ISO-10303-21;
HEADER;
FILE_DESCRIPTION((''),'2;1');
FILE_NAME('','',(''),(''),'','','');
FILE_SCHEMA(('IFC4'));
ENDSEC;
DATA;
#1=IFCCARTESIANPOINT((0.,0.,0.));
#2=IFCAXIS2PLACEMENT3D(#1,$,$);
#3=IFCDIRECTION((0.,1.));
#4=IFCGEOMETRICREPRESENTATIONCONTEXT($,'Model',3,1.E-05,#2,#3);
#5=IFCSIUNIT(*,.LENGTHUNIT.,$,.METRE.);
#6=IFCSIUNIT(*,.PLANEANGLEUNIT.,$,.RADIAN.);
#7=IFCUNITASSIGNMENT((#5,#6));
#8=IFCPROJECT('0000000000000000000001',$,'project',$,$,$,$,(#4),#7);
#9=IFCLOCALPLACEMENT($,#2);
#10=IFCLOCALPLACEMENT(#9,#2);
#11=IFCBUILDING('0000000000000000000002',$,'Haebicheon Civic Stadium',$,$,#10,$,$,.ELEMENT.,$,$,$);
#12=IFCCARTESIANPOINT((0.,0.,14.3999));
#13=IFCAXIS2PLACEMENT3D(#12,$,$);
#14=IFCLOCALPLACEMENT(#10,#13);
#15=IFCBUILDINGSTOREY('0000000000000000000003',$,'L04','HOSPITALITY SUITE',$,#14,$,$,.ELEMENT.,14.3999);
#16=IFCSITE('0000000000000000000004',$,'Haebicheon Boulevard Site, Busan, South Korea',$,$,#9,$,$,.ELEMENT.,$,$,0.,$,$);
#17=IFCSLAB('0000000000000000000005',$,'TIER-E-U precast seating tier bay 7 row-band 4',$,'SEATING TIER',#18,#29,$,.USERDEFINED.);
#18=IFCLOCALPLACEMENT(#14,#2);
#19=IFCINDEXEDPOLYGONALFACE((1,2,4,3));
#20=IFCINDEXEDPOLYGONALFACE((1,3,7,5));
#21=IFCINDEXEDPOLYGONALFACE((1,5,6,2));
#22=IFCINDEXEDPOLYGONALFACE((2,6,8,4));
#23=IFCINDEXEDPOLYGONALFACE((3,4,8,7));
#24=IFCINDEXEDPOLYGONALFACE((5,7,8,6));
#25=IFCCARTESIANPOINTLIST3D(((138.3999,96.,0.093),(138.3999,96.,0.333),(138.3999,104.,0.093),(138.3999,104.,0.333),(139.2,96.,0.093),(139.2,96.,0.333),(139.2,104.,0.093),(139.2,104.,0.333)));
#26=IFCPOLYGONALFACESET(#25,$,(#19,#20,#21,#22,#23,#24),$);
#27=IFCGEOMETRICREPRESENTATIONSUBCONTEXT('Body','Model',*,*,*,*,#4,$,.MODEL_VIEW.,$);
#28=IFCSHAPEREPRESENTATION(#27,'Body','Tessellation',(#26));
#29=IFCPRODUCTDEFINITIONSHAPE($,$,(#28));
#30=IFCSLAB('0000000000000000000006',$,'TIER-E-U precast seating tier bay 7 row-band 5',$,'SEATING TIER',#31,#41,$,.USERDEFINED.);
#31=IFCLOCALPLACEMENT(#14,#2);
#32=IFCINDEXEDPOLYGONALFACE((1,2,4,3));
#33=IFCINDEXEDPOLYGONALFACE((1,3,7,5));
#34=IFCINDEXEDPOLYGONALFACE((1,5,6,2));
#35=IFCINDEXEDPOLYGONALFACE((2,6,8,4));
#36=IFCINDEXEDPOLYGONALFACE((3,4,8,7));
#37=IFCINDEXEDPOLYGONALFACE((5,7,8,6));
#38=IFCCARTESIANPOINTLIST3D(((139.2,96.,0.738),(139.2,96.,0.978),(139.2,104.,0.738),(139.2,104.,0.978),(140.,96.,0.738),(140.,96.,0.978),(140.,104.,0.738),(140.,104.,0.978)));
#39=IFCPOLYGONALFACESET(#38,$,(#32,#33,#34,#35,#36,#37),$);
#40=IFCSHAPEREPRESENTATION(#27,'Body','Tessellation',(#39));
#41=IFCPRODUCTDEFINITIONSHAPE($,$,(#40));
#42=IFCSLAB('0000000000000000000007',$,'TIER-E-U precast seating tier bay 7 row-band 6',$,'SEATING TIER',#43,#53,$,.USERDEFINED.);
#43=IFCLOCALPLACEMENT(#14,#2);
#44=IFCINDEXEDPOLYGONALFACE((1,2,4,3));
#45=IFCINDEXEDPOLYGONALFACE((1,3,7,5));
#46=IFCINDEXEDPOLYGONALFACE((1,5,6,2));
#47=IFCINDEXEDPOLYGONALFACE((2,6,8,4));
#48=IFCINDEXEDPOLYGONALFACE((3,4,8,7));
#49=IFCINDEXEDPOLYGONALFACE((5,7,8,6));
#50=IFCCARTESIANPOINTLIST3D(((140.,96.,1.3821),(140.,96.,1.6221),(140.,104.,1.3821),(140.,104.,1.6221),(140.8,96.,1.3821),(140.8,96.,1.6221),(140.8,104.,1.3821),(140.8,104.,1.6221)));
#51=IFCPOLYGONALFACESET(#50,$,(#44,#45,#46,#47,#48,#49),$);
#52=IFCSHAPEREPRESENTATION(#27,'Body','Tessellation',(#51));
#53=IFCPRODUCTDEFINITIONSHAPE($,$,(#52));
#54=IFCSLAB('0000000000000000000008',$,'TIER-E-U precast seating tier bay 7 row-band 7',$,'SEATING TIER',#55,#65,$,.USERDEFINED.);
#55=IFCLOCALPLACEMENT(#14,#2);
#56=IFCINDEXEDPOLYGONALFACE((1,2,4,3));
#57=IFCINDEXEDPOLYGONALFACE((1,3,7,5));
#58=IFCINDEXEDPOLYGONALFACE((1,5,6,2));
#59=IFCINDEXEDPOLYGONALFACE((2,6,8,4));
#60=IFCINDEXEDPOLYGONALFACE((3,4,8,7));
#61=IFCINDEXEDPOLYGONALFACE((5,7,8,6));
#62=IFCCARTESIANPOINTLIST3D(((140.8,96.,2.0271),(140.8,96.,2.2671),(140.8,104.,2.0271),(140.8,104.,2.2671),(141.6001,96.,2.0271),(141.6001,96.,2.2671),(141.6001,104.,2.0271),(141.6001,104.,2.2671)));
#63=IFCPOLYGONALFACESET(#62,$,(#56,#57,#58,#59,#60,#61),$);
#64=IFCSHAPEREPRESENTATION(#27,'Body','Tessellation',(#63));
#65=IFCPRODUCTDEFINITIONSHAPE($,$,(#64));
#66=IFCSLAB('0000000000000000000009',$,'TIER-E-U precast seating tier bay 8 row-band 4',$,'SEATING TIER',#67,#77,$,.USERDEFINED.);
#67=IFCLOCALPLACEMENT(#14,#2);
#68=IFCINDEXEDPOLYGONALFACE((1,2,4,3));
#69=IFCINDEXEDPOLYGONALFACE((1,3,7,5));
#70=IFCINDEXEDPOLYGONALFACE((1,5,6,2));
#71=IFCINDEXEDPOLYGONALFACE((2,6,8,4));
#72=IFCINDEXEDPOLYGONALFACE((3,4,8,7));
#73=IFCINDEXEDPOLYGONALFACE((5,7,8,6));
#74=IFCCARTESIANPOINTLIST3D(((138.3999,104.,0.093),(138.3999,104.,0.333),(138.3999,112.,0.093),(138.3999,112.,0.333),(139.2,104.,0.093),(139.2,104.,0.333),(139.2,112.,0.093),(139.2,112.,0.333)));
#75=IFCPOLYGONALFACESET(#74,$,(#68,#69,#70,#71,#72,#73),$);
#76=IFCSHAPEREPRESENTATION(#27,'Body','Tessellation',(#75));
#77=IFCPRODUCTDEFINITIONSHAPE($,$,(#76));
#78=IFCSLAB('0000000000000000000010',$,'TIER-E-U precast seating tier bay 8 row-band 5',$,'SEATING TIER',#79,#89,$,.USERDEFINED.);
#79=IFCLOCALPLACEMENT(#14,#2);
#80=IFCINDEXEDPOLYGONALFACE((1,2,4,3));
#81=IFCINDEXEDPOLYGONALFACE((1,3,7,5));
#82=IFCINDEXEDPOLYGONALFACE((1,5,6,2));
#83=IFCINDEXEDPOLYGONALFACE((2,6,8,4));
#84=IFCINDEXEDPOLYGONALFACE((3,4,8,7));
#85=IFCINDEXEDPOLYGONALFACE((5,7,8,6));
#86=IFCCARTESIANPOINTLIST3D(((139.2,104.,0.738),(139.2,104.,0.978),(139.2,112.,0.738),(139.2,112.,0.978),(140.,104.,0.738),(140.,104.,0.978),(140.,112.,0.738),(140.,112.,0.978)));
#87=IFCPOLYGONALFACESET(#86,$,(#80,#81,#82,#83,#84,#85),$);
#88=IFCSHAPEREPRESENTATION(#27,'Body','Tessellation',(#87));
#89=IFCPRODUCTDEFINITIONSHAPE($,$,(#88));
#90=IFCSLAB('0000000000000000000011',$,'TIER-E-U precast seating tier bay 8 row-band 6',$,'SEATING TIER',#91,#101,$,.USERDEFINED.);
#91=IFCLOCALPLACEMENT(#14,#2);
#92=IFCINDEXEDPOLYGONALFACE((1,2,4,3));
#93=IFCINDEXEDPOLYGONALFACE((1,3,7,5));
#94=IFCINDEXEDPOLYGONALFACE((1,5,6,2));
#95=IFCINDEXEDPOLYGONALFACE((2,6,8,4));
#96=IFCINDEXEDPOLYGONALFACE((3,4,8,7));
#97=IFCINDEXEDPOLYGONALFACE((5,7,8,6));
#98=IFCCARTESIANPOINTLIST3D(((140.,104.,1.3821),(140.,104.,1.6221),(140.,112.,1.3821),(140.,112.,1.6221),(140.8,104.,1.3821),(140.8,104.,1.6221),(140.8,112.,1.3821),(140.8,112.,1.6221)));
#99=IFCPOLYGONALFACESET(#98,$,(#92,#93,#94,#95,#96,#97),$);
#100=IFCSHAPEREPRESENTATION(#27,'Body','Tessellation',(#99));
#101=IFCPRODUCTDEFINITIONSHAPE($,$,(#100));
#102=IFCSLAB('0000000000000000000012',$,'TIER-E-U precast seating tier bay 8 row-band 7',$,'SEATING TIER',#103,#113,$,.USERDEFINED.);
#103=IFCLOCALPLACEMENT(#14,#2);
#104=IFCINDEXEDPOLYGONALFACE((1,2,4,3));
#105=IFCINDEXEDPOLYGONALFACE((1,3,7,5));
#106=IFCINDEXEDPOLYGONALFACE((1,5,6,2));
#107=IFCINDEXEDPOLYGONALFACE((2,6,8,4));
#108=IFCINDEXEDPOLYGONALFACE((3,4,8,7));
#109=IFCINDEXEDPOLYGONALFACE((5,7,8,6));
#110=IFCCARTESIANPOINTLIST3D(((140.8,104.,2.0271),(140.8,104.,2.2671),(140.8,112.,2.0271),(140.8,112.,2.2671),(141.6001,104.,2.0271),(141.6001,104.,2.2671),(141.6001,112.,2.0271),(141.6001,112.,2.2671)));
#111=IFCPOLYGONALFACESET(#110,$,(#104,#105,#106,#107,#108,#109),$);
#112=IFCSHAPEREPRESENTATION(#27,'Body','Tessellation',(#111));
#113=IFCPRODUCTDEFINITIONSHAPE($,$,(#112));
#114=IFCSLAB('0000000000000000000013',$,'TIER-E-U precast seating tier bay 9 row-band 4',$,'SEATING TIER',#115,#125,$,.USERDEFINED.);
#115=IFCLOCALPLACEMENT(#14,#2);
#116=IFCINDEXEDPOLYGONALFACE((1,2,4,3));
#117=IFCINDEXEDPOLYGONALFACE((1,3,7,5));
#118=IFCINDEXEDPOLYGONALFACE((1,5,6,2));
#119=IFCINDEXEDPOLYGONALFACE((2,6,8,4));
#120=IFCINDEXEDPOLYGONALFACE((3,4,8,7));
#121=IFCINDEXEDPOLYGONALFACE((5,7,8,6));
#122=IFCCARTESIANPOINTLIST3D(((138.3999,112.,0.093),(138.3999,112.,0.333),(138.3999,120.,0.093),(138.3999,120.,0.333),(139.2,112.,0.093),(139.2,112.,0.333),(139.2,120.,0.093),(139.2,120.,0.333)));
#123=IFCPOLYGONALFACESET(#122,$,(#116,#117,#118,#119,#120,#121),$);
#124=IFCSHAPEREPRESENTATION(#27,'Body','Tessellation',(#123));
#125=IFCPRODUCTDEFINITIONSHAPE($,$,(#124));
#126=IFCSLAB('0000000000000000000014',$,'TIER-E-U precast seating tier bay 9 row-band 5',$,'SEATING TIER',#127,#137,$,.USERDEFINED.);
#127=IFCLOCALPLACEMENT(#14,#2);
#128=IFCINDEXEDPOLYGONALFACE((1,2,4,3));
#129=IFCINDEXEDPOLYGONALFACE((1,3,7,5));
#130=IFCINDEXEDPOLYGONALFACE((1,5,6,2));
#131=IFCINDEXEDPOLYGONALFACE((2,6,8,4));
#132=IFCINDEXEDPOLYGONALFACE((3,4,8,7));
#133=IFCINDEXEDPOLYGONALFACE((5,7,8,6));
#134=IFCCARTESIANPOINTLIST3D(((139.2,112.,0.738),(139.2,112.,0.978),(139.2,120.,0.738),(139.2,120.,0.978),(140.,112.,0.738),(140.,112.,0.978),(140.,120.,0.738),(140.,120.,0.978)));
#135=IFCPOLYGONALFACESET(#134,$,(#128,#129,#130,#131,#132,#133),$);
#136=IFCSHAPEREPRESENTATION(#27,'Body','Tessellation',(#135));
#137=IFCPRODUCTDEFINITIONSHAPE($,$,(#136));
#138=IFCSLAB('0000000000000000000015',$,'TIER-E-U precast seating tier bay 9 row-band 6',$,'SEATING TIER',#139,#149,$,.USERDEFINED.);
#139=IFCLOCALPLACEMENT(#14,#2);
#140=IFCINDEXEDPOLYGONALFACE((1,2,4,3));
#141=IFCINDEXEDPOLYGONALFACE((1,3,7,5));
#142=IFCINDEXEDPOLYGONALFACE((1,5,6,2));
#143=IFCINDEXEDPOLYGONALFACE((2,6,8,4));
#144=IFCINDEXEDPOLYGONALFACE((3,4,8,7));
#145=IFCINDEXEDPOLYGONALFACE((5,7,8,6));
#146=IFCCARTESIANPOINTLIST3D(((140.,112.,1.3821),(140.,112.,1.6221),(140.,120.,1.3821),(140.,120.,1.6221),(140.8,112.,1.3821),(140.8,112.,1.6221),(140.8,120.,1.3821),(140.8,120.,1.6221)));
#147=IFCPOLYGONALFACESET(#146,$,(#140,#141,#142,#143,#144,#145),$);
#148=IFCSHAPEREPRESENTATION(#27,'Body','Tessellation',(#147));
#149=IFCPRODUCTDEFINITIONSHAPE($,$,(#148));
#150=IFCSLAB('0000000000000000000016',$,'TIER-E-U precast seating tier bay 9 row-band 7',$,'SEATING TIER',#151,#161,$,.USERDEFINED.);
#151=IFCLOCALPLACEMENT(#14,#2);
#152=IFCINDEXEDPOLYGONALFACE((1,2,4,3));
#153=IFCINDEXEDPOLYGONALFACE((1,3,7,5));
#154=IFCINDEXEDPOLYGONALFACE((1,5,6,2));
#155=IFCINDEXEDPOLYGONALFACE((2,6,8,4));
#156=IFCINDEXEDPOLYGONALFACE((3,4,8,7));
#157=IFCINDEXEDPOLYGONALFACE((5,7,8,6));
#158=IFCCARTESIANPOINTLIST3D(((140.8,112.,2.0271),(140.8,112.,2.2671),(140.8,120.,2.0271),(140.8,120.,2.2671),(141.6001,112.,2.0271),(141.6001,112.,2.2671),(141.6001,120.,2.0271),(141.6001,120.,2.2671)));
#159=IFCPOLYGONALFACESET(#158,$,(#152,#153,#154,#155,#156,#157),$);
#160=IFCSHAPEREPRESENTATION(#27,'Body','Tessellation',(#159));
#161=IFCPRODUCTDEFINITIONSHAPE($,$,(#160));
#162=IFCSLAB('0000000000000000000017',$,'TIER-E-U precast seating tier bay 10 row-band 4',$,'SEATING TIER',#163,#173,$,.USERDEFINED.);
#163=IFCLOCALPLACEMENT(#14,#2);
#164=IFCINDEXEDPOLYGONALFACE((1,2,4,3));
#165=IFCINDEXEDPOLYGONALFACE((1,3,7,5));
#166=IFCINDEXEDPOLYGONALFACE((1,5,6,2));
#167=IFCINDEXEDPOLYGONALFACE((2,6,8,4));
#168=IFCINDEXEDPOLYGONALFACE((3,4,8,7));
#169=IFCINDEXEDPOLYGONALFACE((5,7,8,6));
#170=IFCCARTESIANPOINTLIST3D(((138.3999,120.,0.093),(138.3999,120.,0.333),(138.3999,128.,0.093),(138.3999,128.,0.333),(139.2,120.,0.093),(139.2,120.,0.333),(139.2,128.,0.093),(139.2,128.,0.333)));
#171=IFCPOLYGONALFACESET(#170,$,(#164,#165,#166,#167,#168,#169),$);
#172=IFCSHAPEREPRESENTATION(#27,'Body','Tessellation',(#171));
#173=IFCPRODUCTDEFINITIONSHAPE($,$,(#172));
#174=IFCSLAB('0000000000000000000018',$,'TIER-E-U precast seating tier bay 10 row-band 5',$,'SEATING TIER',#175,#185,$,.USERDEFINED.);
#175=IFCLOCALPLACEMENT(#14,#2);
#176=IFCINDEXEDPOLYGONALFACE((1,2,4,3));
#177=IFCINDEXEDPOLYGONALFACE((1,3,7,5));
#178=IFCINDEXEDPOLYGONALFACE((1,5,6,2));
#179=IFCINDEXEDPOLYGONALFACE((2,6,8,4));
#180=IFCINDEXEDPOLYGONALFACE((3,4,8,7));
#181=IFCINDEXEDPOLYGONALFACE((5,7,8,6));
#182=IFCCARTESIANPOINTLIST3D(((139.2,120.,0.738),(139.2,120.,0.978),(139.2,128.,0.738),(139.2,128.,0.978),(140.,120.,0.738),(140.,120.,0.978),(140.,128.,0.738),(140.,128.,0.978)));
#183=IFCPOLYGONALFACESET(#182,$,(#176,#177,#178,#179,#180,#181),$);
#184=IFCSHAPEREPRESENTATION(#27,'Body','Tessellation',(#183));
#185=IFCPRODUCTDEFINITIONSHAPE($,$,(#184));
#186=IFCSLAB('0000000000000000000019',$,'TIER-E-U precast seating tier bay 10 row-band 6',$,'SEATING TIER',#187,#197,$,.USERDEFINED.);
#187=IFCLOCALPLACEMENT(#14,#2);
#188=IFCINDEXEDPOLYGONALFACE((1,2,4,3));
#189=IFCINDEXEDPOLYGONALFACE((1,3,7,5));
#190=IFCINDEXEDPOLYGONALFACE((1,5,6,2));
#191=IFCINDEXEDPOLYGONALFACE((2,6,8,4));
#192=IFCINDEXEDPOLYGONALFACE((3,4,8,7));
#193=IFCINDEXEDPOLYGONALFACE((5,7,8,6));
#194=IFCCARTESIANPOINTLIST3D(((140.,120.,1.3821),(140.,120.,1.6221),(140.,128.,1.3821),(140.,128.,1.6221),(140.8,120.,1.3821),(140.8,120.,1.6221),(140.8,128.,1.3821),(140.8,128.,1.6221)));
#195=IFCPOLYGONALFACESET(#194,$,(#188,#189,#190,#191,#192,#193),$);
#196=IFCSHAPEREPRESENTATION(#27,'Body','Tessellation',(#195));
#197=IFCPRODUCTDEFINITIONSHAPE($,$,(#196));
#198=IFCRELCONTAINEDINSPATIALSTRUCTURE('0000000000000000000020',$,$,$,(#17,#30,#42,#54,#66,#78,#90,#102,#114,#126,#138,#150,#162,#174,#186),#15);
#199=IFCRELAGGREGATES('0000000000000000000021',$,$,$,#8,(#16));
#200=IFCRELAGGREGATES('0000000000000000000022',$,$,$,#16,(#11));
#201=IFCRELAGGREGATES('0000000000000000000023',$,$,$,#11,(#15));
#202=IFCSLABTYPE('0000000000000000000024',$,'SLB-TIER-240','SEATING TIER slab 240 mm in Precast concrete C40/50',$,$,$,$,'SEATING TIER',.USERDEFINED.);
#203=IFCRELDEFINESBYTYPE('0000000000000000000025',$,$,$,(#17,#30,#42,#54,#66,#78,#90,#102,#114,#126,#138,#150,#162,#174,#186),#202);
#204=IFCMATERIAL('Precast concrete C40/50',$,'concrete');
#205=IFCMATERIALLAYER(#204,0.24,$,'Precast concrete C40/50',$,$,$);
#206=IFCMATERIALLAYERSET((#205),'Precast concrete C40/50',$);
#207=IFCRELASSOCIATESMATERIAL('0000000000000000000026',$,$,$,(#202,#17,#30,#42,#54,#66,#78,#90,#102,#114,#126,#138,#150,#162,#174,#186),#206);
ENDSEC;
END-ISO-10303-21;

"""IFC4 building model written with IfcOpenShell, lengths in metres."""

from ifc_helpers import new_model, si_unit, direction, frame, origin, place, context, subcontext, project, spatial, polyline, outline, extrude, material, layer, layer_set, type_object, element, save


model = new_model("IFC4")

# Units and contexts
model_context = context("Model", 3, precision=1e-05, world=origin(), true_north=direction((0.0, 1.0)))
body_context = subcontext(model_context, "Body", "Model", "MODEL_VIEW")
ifc_project = project(units=[si_unit("LENGTHUNIT", "METRE"), si_unit("PLANEANGLEUNIT", "RADIAN")], contexts=[model_context])

# Site, building, storey
site_placement = place(None, origin())
site = spatial("IfcSite", under=ifc_project, at=site_placement, Name="Haebicheon Boulevard Site, Busan, South Korea", CompositionType="ELEMENT", RefElevation=0.0)
building_placement = place(site_placement, origin())
building = spatial("IfcBuilding", under=site, at=building_placement, Name="Haebicheon Civic Stadium", CompositionType="ELEMENT")
storey_placement = place(building_placement, frame((0.0, 0.0, 14.3999)))
storey = spatial("IfcBuildingStorey", under=building, at=storey_placement, Name="L04", Description="HOSPITALITY SUITE", CompositionType="ELEMENT", Elevation=14.3999)

# Slabs
ifc_material = material(Name="Precast concrete C40/50", Category="concrete")
ifc_layer = layer(ifc_material, 0.24, Name="Precast concrete C40/50")
ifc_layer_set = layer_set([ifc_layer], Name="Precast concrete C40/50")
slab_type = type_object("IfcSlabType", Name="SLB-TIER-240", Description="SEATING TIER slab 240 mm in Precast concrete C40/50", ElementType="SEATING TIER", PredefinedType="USERDEFINED", material=ifc_layer_set)
slab_1_placement = place(storey_placement, frame((0.0, 0.0, 0.093)))
element("IfcSlab", 1, at=slab_1_placement, inside=storey, type_object=slab_type, material=ifc_layer_set, Name="TIER-E-U precast seating tier bay 7 row-band 4", ObjectType="SEATING TIER", PredefinedType="USERDEFINED", context=body_context, shape_type="SweptSolid", body=[
    extrude(outline(polyline([(138.3999, 96.0), (139.2, 96.0), (139.2, 104.0), (138.3999, 104.0), (138.3999, 96.0)])), origin(), (0.0, 0.0, 1.0), 0.24),
])
slab_2_placement = place(storey_placement, frame((0.0, 0.0, 0.738)))
element("IfcSlab", 2, at=slab_2_placement, inside=storey, type_object=slab_type, material=ifc_layer_set, Name="TIER-E-U precast seating tier bay 7 row-band 5", ObjectType="SEATING TIER", PredefinedType="USERDEFINED", context=body_context, shape_type="SweptSolid", body=[
    extrude(outline(polyline([(139.2, 96.0), (140.0, 96.0), (140.0, 104.0), (139.2, 104.0), (139.2, 96.0)])), origin(), (0.0, 0.0, 1.0), 0.24),
])
slab_3_placement = place(storey_placement, frame((0.0, 0.0, 1.3821)))
element("IfcSlab", 3, at=slab_3_placement, inside=storey, type_object=slab_type, material=ifc_layer_set, Name="TIER-E-U precast seating tier bay 7 row-band 6", ObjectType="SEATING TIER", PredefinedType="USERDEFINED", context=body_context, shape_type="SweptSolid", body=[
    extrude(outline(polyline([(140.0, 96.0), (140.8, 96.0), (140.8, 104.0), (140.0, 104.0), (140.0, 96.0)])), origin(), (0.0, 0.0, 1.0), 0.24),
])
slab_4_placement = place(storey_placement, frame((0.0, 0.0, 2.0271)))
element("IfcSlab", 4, at=slab_4_placement, inside=storey, type_object=slab_type, material=ifc_layer_set, Name="TIER-E-U precast seating tier bay 7 row-band 7", ObjectType="SEATING TIER", PredefinedType="USERDEFINED", context=body_context, shape_type="SweptSolid", body=[
    extrude(outline(polyline([(140.8, 96.0), (141.6001, 96.0), (141.6001, 104.0), (140.8, 104.0), (140.8, 96.0)])), origin(), (0.0, 0.0, 1.0), 0.24),
])
slab_5_placement = place(storey_placement, frame((0.0, 0.0, 0.093)))
element("IfcSlab", 5, at=slab_5_placement, inside=storey, type_object=slab_type, material=ifc_layer_set, Name="TIER-E-U precast seating tier bay 8 row-band 4", ObjectType="SEATING TIER", PredefinedType="USERDEFINED", context=body_context, shape_type="SweptSolid", body=[
    extrude(outline(polyline([(138.3999, 104.0), (139.2, 104.0), (139.2, 112.0), (138.3999, 112.0), (138.3999, 104.0)])), origin(), (0.0, 0.0, 1.0), 0.24),
])
slab_6_placement = place(storey_placement, frame((0.0, 0.0, 0.738)))
element("IfcSlab", 6, at=slab_6_placement, inside=storey, type_object=slab_type, material=ifc_layer_set, Name="TIER-E-U precast seating tier bay 8 row-band 5", ObjectType="SEATING TIER", PredefinedType="USERDEFINED", context=body_context, shape_type="SweptSolid", body=[
    extrude(outline(polyline([(139.2, 104.0), (140.0, 104.0), (140.0, 112.0), (139.2, 112.0), (139.2, 104.0)])), origin(), (0.0, 0.0, 1.0), 0.24),
])
slab_7_placement = place(storey_placement, frame((0.0, 0.0, 1.3821)))
element("IfcSlab", 7, at=slab_7_placement, inside=storey, type_object=slab_type, material=ifc_layer_set, Name="TIER-E-U precast seating tier bay 8 row-band 6", ObjectType="SEATING TIER", PredefinedType="USERDEFINED", context=body_context, shape_type="SweptSolid", body=[
    extrude(outline(polyline([(140.0, 104.0), (140.8, 104.0), (140.8, 112.0), (140.0, 112.0), (140.0, 104.0)])), origin(), (0.0, 0.0, 1.0), 0.24),
])
slab_8_placement = place(storey_placement, frame((0.0, 0.0, 2.0271)))
element("IfcSlab", 8, at=slab_8_placement, inside=storey, type_object=slab_type, material=ifc_layer_set, Name="TIER-E-U precast seating tier bay 8 row-band 7", ObjectType="SEATING TIER", PredefinedType="USERDEFINED", context=body_context, shape_type="SweptSolid", body=[
    extrude(outline(polyline([(140.8, 104.0), (141.6001, 104.0), (141.6001, 112.0), (140.8, 112.0), (140.8, 104.0)])), origin(), (0.0, 0.0, 1.0), 0.24),
])
slab_9_placement = place(storey_placement, frame((0.0, 0.0, 0.093)))
element("IfcSlab", 9, at=slab_9_placement, inside=storey, type_object=slab_type, material=ifc_layer_set, Name="TIER-E-U precast seating tier bay 9 row-band 4", ObjectType="SEATING TIER", PredefinedType="USERDEFINED", context=body_context, shape_type="SweptSolid", body=[
    extrude(outline(polyline([(138.3999, 112.0), (139.2, 112.0), (139.2, 120.0), (138.3999, 120.0), (138.3999, 112.0)])), origin(), (0.0, 0.0, 1.0), 0.24),
])
slab_10_placement = place(storey_placement, frame((0.0, 0.0, 0.738)))
element("IfcSlab", 10, at=slab_10_placement, inside=storey, type_object=slab_type, material=ifc_layer_set, Name="TIER-E-U precast seating tier bay 9 row-band 5", ObjectType="SEATING TIER", PredefinedType="USERDEFINED", context=body_context, shape_type="SweptSolid", body=[
    extrude(outline(polyline([(139.2, 112.0), (140.0, 112.0), (140.0, 120.0), (139.2, 120.0), (139.2, 112.0)])), origin(), (0.0, 0.0, 1.0), 0.24),
])
slab_11_placement = place(storey_placement, frame((0.0, 0.0, 1.3821)))
element("IfcSlab", 11, at=slab_11_placement, inside=storey, type_object=slab_type, material=ifc_layer_set, Name="TIER-E-U precast seating tier bay 9 row-band 6", ObjectType="SEATING TIER", PredefinedType="USERDEFINED", context=body_context, shape_type="SweptSolid", body=[
    extrude(outline(polyline([(140.0, 112.0), (140.8, 112.0), (140.8, 120.0), (140.0, 120.0), (140.0, 112.0)])), origin(), (0.0, 0.0, 1.0), 0.24),
])
slab_12_placement = place(storey_placement, frame((0.0, 0.0, 2.0271)))
element("IfcSlab", 12, at=slab_12_placement, inside=storey, type_object=slab_type, material=ifc_layer_set, Name="TIER-E-U precast seating tier bay 9 row-band 7", ObjectType="SEATING TIER", PredefinedType="USERDEFINED", context=body_context, shape_type="SweptSolid", body=[
    extrude(outline(polyline([(140.8, 112.0), (141.6001, 112.0), (141.6001, 120.0), (140.8, 120.0), (140.8, 112.0)])), origin(), (0.0, 0.0, 1.0), 0.24),
])
slab_13_placement = place(storey_placement, frame((0.0, 0.0, 0.093)))
element("IfcSlab", 13, at=slab_13_placement, inside=storey, type_object=slab_type, material=ifc_layer_set, Name="TIER-E-U precast seating tier bay 10 row-band 4", ObjectType="SEATING TIER", PredefinedType="USERDEFINED", context=body_context, shape_type="SweptSolid", body=[
    extrude(outline(polyline([(138.3999, 120.0), (139.2, 120.0), (139.2, 128.0), (138.3999, 128.0), (138.3999, 120.0)])), origin(), (0.0, 0.0, 1.0), 0.24),
])
slab_14_placement = place(storey_placement, frame((0.0, 0.0, 0.738)))
element("IfcSlab", 14, at=slab_14_placement, inside=storey, type_object=slab_type, material=ifc_layer_set, Name="TIER-E-U precast seating tier bay 10 row-band 5", ObjectType="SEATING TIER", PredefinedType="USERDEFINED", context=body_context, shape_type="SweptSolid", body=[
    extrude(outline(polyline([(139.2, 120.0), (140.0, 120.0), (140.0, 128.0), (139.2, 128.0), (139.2, 120.0)])), origin(), (0.0, 0.0, 1.0), 0.24),
])
slab_15_placement = place(storey_placement, frame((0.0, 0.0, 1.3821)))
element("IfcSlab", 15, at=slab_15_placement, inside=storey, type_object=slab_type, material=ifc_layer_set, Name="TIER-E-U precast seating tier bay 10 row-band 6", ObjectType="SEATING TIER", PredefinedType="USERDEFINED", context=body_context, shape_type="SweptSolid", body=[
    extrude(outline(polyline([(140.0, 120.0), (140.8, 120.0), (140.8, 128.0), (140.0, 128.0), (140.0, 120.0)])), origin(), (0.0, 0.0, 1.0), 0.24),
])

save(model, "model.ifc")
